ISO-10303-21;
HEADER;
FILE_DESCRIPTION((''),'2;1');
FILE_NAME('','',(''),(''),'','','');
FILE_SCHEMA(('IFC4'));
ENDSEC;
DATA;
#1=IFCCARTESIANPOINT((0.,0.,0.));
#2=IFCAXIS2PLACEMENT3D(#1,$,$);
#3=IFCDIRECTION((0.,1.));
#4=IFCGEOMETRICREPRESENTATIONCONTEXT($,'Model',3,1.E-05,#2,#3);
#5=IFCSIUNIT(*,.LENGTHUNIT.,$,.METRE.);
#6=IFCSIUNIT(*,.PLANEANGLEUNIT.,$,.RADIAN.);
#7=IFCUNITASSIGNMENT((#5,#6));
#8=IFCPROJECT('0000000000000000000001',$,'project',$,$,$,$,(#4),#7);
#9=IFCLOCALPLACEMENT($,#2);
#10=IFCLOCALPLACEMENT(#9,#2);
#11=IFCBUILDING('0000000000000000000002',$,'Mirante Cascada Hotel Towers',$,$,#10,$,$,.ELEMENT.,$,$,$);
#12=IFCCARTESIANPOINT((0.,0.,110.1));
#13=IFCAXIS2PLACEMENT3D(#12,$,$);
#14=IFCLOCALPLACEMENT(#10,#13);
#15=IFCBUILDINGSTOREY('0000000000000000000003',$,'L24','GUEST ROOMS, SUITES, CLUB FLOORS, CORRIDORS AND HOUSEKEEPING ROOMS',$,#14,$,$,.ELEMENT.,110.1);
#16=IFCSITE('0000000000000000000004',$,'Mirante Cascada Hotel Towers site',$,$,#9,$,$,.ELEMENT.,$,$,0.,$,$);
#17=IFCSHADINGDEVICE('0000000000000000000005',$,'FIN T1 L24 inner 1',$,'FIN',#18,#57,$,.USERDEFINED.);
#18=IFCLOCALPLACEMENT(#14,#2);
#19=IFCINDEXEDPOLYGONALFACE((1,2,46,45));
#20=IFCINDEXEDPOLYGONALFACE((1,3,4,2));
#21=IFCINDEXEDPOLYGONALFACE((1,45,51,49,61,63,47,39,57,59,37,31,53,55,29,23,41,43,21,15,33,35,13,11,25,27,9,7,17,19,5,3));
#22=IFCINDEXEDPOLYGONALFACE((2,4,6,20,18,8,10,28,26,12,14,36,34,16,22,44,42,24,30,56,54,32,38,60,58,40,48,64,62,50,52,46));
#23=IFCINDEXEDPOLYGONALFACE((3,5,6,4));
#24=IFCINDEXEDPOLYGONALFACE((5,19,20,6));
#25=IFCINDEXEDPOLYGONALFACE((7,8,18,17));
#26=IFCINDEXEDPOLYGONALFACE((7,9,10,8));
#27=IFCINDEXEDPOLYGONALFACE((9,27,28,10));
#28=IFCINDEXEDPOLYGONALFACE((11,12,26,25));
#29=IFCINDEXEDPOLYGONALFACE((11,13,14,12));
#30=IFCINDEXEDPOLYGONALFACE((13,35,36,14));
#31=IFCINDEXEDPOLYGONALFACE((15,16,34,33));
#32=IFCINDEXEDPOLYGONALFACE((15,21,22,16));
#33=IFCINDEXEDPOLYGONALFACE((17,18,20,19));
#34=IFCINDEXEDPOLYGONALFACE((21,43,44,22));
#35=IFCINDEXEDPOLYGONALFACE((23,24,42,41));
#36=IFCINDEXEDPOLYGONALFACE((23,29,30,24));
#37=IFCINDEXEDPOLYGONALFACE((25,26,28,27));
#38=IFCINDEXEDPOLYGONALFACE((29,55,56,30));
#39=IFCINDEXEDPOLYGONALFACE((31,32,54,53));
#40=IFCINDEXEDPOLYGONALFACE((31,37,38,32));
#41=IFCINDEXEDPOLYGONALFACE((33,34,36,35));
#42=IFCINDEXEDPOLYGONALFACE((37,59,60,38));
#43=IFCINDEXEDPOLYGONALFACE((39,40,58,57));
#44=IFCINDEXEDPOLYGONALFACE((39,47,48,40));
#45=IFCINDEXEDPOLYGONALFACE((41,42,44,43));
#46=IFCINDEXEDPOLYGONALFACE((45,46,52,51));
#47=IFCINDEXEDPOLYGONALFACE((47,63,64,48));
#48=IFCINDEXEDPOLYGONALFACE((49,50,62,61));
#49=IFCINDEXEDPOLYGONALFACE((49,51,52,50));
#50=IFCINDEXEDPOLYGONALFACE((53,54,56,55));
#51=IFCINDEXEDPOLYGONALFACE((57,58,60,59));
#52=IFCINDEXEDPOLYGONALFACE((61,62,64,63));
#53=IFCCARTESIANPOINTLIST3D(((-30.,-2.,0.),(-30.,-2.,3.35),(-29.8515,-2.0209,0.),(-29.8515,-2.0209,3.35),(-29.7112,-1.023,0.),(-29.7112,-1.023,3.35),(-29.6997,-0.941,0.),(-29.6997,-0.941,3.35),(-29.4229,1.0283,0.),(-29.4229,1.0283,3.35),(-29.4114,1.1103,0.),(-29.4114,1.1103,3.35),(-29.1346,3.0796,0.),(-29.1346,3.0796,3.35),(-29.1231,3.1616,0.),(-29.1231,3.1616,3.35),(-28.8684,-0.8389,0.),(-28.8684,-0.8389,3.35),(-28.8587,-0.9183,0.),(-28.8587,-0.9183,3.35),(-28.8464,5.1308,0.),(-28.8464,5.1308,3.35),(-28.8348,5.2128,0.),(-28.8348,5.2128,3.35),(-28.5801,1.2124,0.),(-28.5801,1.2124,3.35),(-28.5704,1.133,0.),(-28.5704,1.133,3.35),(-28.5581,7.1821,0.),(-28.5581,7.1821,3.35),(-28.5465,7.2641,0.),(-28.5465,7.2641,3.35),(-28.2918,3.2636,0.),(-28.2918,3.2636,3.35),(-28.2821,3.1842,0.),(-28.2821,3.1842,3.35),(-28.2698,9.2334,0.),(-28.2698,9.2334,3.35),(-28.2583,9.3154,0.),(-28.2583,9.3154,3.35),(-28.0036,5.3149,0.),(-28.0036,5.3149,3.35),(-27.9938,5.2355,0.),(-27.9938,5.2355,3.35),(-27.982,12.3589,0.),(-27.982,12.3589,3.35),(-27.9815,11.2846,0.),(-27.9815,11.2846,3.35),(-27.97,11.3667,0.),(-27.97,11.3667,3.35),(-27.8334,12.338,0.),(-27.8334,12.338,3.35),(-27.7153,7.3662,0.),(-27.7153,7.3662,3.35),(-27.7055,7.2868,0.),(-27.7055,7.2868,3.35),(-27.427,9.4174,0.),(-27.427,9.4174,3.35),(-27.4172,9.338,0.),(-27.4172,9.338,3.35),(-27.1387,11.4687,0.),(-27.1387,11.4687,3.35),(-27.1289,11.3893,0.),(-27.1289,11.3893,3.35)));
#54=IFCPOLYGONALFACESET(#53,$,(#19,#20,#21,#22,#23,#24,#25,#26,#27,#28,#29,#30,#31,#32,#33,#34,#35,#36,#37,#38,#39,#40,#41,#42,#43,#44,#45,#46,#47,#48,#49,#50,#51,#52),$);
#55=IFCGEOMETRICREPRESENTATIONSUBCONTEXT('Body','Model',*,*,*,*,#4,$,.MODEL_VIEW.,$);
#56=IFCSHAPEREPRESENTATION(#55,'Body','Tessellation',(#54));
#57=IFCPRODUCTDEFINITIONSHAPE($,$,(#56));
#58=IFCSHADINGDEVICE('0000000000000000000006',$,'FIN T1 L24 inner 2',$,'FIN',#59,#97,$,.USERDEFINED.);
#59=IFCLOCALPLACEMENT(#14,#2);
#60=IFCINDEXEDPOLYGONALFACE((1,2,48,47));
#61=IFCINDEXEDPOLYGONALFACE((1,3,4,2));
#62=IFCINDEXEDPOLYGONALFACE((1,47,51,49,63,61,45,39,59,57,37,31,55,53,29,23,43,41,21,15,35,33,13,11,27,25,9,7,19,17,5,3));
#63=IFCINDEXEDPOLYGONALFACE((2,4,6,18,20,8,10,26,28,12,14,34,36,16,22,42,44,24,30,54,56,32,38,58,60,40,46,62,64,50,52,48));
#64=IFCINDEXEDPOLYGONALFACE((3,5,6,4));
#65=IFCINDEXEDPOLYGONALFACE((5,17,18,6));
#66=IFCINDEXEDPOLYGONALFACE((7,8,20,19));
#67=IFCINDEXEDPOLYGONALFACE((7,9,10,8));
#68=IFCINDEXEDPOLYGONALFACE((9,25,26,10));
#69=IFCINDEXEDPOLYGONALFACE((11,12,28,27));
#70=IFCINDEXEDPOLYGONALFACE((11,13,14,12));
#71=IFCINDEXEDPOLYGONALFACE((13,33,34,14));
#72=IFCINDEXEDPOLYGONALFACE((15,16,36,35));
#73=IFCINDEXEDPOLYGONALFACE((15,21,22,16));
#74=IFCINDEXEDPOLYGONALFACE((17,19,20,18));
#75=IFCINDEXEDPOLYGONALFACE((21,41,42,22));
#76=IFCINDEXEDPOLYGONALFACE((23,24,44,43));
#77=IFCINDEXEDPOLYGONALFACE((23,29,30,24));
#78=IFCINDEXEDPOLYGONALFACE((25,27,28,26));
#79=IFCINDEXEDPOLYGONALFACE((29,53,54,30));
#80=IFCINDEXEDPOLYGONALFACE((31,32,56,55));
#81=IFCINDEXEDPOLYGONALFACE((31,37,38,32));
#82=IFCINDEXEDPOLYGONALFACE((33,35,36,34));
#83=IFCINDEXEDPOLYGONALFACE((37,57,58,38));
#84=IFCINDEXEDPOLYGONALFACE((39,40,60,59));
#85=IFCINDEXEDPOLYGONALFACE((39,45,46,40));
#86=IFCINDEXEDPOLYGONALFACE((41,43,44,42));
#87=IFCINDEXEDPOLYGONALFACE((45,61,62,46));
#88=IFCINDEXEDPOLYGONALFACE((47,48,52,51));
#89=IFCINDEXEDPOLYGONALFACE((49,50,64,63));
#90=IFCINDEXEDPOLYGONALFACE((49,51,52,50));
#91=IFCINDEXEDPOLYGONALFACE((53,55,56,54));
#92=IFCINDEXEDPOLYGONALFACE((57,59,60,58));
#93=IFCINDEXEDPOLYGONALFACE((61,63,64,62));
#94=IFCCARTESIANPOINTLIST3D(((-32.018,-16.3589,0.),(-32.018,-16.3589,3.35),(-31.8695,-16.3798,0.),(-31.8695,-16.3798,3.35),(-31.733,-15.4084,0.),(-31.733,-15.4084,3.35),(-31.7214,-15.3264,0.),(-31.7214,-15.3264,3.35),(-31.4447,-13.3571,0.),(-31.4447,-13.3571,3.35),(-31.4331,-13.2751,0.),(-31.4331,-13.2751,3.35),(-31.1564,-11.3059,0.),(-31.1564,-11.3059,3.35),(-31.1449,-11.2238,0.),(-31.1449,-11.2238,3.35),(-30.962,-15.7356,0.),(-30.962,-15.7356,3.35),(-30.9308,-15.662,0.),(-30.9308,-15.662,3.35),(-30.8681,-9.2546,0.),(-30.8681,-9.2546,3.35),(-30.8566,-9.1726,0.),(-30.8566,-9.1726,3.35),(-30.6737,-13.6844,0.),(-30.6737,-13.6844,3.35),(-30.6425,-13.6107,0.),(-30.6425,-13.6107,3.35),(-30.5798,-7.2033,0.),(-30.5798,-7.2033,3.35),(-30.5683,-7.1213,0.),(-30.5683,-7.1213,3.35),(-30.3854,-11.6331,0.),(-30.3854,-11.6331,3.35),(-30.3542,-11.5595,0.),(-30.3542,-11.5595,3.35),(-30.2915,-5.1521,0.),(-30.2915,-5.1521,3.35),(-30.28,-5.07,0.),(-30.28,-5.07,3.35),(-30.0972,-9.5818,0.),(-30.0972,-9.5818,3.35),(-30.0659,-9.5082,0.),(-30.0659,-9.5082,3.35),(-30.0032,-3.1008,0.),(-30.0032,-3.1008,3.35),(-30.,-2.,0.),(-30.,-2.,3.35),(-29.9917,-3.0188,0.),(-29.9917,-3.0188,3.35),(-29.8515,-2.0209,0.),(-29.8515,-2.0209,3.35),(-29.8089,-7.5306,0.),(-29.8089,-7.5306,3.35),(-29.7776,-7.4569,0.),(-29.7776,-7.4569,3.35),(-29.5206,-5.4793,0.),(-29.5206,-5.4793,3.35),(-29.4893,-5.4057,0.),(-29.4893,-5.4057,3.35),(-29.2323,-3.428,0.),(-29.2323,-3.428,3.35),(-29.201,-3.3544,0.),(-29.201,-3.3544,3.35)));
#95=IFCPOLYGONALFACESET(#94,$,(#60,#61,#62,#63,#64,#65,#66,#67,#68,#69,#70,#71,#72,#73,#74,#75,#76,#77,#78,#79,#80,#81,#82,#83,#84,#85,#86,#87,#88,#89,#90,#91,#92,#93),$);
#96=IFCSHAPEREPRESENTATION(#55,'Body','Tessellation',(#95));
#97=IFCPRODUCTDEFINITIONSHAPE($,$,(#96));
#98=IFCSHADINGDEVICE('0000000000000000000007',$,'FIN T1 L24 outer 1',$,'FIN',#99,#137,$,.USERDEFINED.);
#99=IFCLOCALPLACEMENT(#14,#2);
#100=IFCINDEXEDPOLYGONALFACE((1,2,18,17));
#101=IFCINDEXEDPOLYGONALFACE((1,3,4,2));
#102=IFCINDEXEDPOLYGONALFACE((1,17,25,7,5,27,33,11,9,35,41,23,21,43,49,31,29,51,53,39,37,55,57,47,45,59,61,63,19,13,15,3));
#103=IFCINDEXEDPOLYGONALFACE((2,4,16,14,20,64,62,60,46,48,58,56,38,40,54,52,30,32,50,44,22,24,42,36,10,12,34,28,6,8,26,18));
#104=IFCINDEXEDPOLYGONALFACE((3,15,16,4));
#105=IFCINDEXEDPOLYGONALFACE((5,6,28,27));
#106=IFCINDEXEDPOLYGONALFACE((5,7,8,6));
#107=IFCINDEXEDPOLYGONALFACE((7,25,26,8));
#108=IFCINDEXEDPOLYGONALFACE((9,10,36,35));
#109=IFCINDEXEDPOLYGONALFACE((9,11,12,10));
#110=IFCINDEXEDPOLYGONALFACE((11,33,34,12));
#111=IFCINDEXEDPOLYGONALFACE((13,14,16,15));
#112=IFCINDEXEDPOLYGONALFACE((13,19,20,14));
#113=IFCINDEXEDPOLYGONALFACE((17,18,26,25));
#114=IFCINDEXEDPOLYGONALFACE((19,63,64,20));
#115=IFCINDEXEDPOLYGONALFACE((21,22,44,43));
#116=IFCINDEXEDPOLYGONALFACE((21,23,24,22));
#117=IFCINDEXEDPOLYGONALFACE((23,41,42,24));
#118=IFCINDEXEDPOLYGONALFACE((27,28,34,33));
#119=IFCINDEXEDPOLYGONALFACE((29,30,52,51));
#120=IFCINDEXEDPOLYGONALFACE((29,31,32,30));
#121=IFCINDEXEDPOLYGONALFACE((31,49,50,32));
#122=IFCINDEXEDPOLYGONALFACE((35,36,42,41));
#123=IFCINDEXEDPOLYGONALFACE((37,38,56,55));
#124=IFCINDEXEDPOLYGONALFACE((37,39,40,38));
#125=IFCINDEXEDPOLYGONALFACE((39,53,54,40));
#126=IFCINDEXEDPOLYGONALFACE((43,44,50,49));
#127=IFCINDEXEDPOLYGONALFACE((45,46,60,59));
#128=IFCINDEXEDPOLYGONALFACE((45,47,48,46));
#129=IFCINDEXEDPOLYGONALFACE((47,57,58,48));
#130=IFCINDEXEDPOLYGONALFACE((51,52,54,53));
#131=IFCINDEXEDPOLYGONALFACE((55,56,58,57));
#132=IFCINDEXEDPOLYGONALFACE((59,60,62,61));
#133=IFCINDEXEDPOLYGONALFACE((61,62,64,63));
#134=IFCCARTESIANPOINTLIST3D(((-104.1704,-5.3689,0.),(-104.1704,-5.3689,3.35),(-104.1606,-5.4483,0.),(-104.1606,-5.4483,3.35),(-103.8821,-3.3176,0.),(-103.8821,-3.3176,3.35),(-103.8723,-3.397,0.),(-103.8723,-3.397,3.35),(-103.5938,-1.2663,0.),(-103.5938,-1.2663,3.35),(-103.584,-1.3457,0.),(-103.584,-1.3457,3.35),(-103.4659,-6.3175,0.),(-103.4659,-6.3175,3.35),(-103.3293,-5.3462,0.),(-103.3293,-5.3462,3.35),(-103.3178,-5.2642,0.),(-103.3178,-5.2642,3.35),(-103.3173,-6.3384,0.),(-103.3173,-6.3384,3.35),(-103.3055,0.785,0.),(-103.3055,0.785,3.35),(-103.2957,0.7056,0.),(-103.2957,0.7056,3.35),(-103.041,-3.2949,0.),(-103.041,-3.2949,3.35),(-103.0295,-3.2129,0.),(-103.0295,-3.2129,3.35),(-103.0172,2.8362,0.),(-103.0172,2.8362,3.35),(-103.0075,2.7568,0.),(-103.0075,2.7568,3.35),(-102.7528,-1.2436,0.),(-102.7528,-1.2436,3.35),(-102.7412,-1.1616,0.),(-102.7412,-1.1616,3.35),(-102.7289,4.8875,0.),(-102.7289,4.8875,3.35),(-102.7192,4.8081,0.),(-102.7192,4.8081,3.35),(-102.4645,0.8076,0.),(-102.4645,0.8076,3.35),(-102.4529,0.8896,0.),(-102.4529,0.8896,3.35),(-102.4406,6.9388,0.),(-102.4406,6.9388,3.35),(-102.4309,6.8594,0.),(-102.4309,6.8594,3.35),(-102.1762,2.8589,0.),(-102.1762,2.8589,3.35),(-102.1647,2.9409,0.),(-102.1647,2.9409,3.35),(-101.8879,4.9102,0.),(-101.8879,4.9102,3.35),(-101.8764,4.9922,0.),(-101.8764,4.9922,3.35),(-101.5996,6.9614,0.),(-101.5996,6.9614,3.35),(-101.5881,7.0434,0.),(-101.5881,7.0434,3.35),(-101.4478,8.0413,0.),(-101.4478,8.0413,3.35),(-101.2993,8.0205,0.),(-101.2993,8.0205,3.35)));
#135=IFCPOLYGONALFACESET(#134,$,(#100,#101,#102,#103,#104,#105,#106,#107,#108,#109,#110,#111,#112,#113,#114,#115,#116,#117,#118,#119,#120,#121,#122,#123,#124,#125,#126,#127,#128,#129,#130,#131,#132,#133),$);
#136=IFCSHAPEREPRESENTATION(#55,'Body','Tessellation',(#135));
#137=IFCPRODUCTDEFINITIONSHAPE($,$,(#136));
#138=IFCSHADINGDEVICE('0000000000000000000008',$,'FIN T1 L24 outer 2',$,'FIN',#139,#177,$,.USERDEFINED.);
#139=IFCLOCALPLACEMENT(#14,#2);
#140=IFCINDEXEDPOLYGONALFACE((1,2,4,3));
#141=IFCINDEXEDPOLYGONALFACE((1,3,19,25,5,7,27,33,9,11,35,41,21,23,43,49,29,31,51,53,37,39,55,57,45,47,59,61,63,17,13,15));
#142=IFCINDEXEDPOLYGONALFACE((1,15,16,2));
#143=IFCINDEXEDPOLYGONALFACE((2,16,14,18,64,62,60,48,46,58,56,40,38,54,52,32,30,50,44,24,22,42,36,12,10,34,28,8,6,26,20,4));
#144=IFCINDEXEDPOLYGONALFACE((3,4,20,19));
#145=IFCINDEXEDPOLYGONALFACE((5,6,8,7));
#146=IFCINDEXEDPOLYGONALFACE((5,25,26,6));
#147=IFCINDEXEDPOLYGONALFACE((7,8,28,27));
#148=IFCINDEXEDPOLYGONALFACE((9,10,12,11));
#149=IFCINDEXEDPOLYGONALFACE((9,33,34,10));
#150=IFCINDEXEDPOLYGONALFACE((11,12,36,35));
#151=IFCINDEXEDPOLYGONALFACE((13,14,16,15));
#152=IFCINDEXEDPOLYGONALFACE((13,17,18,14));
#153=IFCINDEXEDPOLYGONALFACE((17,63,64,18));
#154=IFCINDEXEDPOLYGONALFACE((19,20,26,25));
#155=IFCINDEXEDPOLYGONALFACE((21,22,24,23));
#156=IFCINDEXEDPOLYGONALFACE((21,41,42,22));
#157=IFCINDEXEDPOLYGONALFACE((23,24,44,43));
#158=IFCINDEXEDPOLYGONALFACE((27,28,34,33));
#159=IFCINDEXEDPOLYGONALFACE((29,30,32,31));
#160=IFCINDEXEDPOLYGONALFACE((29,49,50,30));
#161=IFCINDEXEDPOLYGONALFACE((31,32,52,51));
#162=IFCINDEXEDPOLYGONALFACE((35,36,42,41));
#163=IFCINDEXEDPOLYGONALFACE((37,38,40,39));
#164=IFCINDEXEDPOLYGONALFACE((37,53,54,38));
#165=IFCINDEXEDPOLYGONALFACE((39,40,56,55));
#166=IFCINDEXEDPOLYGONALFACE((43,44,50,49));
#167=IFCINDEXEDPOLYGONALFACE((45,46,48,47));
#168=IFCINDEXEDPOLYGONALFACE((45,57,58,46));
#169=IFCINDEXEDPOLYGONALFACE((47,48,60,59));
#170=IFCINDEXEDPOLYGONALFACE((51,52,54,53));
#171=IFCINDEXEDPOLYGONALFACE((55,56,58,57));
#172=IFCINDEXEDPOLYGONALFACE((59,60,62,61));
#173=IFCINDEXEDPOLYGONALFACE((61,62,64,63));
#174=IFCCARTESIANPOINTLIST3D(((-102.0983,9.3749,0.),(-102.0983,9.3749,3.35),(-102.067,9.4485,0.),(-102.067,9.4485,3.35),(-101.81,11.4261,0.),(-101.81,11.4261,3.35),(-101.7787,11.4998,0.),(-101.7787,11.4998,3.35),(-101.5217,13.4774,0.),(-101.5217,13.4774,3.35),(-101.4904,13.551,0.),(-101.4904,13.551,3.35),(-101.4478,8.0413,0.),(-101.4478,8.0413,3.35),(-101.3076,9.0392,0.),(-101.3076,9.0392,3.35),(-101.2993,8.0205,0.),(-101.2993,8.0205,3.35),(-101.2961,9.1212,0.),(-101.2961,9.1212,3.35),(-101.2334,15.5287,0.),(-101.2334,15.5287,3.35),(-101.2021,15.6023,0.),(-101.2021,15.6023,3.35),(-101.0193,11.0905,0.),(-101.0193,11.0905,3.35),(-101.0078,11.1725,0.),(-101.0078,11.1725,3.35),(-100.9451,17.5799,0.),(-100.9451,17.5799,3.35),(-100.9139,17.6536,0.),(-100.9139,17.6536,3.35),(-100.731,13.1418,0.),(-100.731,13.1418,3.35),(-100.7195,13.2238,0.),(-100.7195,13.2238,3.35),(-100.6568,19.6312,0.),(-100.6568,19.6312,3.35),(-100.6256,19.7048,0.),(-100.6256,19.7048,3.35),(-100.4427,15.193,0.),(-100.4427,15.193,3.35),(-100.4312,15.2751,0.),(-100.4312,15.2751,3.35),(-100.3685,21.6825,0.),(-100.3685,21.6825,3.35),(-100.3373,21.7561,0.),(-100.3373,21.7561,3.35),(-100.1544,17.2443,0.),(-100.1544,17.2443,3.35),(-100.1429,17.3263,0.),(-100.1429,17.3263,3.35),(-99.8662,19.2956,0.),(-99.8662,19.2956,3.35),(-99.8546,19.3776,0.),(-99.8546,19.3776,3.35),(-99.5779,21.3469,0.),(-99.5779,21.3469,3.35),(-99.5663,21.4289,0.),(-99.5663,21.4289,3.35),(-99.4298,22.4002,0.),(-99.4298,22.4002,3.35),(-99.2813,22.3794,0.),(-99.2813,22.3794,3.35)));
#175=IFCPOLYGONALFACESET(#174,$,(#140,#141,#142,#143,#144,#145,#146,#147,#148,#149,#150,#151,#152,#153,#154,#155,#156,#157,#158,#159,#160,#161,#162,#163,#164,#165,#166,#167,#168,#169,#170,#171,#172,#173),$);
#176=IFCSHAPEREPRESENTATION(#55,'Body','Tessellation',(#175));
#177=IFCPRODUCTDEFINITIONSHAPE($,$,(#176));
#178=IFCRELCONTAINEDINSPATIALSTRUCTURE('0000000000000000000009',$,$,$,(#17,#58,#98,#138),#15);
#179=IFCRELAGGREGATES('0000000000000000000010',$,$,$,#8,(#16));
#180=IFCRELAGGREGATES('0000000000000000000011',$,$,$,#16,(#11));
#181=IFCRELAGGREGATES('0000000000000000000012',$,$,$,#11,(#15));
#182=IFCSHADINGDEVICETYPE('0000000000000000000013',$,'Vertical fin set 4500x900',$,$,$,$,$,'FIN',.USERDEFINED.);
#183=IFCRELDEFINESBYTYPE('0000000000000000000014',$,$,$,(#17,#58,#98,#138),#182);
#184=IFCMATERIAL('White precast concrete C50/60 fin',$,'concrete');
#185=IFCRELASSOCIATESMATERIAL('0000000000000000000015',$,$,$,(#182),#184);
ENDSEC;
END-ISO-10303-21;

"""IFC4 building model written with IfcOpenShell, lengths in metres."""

from ifc_helpers import new_model, si_unit, direction, frame, origin, place, context, subcontext, project, spatial, polyline, outline, extrude, material, type_object, element, save


model = new_model("IFC4")

# Units and contexts
model_context = context("Model", 3, precision=1e-05, world=origin(), true_north=direction((0.0, 1.0)))
body_context = subcontext(model_context, "Body", "Model", "MODEL_VIEW")
ifc_project = project(units=[si_unit("LENGTHUNIT", "METRE"), si_unit("PLANEANGLEUNIT", "RADIAN")], contexts=[model_context])

# Site, building, storey
site_placement = place(None, origin())
site = spatial("IfcSite", under=ifc_project, at=site_placement, Name="Mirante Cascada Hotel Towers site", CompositionType="ELEMENT", RefElevation=0.0)
building_placement = place(site_placement, origin())
building = spatial("IfcBuilding", under=site, at=building_placement, Name="Mirante Cascada Hotel Towers", CompositionType="ELEMENT")
storey_placement = place(building_placement, frame((0.0, 0.0, 110.1)))
storey = spatial("IfcBuildingStorey", under=building, at=storey_placement, Name="L24", Description="GUEST ROOMS, SUITES, CLUB FLOORS, CORRIDORS AND HOUSEKEEPING ROOMS", CompositionType="ELEMENT", Elevation=110.1)

# Shading devices
ifc_material_1 = material(Name="White precast concrete C50/60 fin", Category="concrete")
shading_device_type = type_object("IfcShadingDeviceType", Name="Vertical fin set 4500x900", ElementType="FIN", PredefinedType="USERDEFINED", material=ifc_material_1)
shading_device_1_placement = place(storey_placement, origin())
element("IfcShadingDevice", 1, at=shading_device_1_placement, inside=storey, type_object=shading_device_type, Name="FIN T1 L24 inner 1", ObjectType="FIN", PredefinedType="USERDEFINED", context=body_context, shape_type="SweptSolid", body=[
    extrude(outline(polyline([(-29.7112, -1.023), (-29.8515, -2.0209), (-30.0, -2.0), (-27.982, 12.3589), (-27.8334, 12.338), (-27.97, 11.3667), (-27.1387, 11.4687), (-27.1289, 11.3893), (-27.9815, 11.2846), (-28.2583, 9.3154), (-27.427, 9.4174), (-27.4172, 9.338), (-28.2698, 9.2334), (-28.5465, 7.2641), (-27.7153, 7.3662), (-27.7055, 7.2868), (-28.5581, 7.1821), (-28.8348, 5.2128), (-28.0036, 5.3149), (-27.9938, 5.2355), (-28.8464, 5.1308), (-29.1231, 3.1616), (-28.2918, 3.2636), (-28.2821, 3.1842), (-29.1346, 3.0796), (-29.4114, 1.1103), (-28.5801, 1.2124), (-28.5704, 1.133), (-29.4229, 1.0283), (-29.6997, -0.941), (-28.8684, -0.8389), (-28.8587, -0.9183), (-29.7112, -1.023)])), origin(), (0.0, 0.0, 1.0), 3.35),
])
shading_device_2_placement = place(storey_placement, origin())
element("IfcShadingDevice", 2, at=shading_device_2_placement, inside=storey, type_object=shading_device_type, Name="FIN T1 L24 inner 2", ObjectType="FIN", PredefinedType="USERDEFINED", context=body_context, shape_type="SweptSolid", body=[
    extrude(outline(polyline([(-31.733, -15.4084), (-31.8695, -16.3798), (-32.018, -16.3589), (-30.0, -2.0), (-29.8515, -2.0209), (-29.9917, -3.0188), (-29.201, -3.3544), (-29.2323, -3.428), (-30.0032, -3.1008), (-30.28, -5.07), (-29.4893, -5.4057), (-29.5206, -5.4793), (-30.2915, -5.1521), (-30.5683, -7.1213), (-29.7776, -7.4569), (-29.8089, -7.5306), (-30.5798, -7.2033), (-30.8566, -9.1726), (-30.0659, -9.5082), (-30.0972, -9.5818), (-30.8681, -9.2546), (-31.1449, -11.2238), (-30.3542, -11.5595), (-30.3854, -11.6331), (-31.1564, -11.3059), (-31.4331, -13.2751), (-30.6425, -13.6107), (-30.6737, -13.6844), (-31.4447, -13.3571), (-31.7214, -15.3264), (-30.9308, -15.662), (-30.962, -15.7356), (-31.733, -15.4084)])), origin(), (0.0, 0.0, 1.0), 3.35),
])
shading_device_3_placement = place(storey_placement, origin())
element("IfcShadingDevice", 3, at=shading_device_3_placement, inside=storey, type_object=shading_device_type, Name="FIN T1 L24 outer 1", ObjectType="FIN", PredefinedType="USERDEFINED", context=body_context, shape_type="SweptSolid", body=[
    extrude(outline(polyline([(-103.3178, -5.2642), (-103.041, -3.2949), (-103.8723, -3.397), (-103.8821, -3.3176), (-103.0295, -3.2129), (-102.7528, -1.2436), (-103.584, -1.3457), (-103.5938, -1.2663), (-102.7412, -1.1616), (-102.4645, 0.8076), (-103.2957, 0.7056), (-103.3055, 0.785), (-102.4529, 0.8896), (-102.1762, 2.8589), (-103.0075, 2.7568), (-103.0172, 2.8362), (-102.1647, 2.9409), (-101.8879, 4.9102), (-102.7192, 4.8081), (-102.7289, 4.8875), (-101.8764, 4.9922), (-101.5996, 6.9614), (-102.4309, 6.8594), (-102.4406, 6.9388), (-101.5881, 7.0434), (-101.4478, 8.0413), (-101.2993, 8.0205), (-103.3173, -6.3384), (-103.4659, -6.3175), (-103.3293, -5.3462), (-104.1606, -5.4483), (-104.1704, -5.3689), (-103.3178, -5.2642)])), origin(), (0.0, 0.0, 1.0), 3.35),
])
shading_device_4_placement = place(storey_placement, origin())
element("IfcShadingDevice", 4, at=shading_device_4_placement, inside=storey, type_object=shading_device_type, Name="FIN T1 L24 outer 2", ObjectType="FIN", PredefinedType="USERDEFINED", context=body_context, shape_type="SweptSolid", body=[
    extrude(outline(polyline([(-101.2961, 9.1212), (-101.0193, 11.0905), (-101.81, 11.4261), (-101.7787, 11.4998), (-101.0078, 11.1725), (-100.731, 13.1418), (-101.5217, 13.4774), (-101.4904, 13.551), (-100.7195, 13.2238), (-100.4427, 15.193), (-101.2334, 15.5287), (-101.2021, 15.6023), (-100.4312, 15.2751), (-100.1544, 17.2443), (-100.9451, 17.5799), (-100.9139, 17.6536), (-100.1429, 17.3263), (-99.8662, 19.2956), (-100.6568, 19.6312), (-100.6256, 19.7048), (-99.8546, 19.3776), (-99.5779, 21.3469), (-100.3685, 21.6825), (-100.3373, 21.7561), (-99.5663, 21.4289), (-99.4298, 22.4002), (-99.2813, 22.3794), (-101.2993, 8.0205), (-101.4478, 8.0413), (-101.3076, 9.0392), (-102.0983, 9.3749), (-102.067, 9.4485), (-101.2961, 9.1212)])), origin(), (0.0, 0.0, 1.0), 3.35),
])

save(model, "model.ifc")
